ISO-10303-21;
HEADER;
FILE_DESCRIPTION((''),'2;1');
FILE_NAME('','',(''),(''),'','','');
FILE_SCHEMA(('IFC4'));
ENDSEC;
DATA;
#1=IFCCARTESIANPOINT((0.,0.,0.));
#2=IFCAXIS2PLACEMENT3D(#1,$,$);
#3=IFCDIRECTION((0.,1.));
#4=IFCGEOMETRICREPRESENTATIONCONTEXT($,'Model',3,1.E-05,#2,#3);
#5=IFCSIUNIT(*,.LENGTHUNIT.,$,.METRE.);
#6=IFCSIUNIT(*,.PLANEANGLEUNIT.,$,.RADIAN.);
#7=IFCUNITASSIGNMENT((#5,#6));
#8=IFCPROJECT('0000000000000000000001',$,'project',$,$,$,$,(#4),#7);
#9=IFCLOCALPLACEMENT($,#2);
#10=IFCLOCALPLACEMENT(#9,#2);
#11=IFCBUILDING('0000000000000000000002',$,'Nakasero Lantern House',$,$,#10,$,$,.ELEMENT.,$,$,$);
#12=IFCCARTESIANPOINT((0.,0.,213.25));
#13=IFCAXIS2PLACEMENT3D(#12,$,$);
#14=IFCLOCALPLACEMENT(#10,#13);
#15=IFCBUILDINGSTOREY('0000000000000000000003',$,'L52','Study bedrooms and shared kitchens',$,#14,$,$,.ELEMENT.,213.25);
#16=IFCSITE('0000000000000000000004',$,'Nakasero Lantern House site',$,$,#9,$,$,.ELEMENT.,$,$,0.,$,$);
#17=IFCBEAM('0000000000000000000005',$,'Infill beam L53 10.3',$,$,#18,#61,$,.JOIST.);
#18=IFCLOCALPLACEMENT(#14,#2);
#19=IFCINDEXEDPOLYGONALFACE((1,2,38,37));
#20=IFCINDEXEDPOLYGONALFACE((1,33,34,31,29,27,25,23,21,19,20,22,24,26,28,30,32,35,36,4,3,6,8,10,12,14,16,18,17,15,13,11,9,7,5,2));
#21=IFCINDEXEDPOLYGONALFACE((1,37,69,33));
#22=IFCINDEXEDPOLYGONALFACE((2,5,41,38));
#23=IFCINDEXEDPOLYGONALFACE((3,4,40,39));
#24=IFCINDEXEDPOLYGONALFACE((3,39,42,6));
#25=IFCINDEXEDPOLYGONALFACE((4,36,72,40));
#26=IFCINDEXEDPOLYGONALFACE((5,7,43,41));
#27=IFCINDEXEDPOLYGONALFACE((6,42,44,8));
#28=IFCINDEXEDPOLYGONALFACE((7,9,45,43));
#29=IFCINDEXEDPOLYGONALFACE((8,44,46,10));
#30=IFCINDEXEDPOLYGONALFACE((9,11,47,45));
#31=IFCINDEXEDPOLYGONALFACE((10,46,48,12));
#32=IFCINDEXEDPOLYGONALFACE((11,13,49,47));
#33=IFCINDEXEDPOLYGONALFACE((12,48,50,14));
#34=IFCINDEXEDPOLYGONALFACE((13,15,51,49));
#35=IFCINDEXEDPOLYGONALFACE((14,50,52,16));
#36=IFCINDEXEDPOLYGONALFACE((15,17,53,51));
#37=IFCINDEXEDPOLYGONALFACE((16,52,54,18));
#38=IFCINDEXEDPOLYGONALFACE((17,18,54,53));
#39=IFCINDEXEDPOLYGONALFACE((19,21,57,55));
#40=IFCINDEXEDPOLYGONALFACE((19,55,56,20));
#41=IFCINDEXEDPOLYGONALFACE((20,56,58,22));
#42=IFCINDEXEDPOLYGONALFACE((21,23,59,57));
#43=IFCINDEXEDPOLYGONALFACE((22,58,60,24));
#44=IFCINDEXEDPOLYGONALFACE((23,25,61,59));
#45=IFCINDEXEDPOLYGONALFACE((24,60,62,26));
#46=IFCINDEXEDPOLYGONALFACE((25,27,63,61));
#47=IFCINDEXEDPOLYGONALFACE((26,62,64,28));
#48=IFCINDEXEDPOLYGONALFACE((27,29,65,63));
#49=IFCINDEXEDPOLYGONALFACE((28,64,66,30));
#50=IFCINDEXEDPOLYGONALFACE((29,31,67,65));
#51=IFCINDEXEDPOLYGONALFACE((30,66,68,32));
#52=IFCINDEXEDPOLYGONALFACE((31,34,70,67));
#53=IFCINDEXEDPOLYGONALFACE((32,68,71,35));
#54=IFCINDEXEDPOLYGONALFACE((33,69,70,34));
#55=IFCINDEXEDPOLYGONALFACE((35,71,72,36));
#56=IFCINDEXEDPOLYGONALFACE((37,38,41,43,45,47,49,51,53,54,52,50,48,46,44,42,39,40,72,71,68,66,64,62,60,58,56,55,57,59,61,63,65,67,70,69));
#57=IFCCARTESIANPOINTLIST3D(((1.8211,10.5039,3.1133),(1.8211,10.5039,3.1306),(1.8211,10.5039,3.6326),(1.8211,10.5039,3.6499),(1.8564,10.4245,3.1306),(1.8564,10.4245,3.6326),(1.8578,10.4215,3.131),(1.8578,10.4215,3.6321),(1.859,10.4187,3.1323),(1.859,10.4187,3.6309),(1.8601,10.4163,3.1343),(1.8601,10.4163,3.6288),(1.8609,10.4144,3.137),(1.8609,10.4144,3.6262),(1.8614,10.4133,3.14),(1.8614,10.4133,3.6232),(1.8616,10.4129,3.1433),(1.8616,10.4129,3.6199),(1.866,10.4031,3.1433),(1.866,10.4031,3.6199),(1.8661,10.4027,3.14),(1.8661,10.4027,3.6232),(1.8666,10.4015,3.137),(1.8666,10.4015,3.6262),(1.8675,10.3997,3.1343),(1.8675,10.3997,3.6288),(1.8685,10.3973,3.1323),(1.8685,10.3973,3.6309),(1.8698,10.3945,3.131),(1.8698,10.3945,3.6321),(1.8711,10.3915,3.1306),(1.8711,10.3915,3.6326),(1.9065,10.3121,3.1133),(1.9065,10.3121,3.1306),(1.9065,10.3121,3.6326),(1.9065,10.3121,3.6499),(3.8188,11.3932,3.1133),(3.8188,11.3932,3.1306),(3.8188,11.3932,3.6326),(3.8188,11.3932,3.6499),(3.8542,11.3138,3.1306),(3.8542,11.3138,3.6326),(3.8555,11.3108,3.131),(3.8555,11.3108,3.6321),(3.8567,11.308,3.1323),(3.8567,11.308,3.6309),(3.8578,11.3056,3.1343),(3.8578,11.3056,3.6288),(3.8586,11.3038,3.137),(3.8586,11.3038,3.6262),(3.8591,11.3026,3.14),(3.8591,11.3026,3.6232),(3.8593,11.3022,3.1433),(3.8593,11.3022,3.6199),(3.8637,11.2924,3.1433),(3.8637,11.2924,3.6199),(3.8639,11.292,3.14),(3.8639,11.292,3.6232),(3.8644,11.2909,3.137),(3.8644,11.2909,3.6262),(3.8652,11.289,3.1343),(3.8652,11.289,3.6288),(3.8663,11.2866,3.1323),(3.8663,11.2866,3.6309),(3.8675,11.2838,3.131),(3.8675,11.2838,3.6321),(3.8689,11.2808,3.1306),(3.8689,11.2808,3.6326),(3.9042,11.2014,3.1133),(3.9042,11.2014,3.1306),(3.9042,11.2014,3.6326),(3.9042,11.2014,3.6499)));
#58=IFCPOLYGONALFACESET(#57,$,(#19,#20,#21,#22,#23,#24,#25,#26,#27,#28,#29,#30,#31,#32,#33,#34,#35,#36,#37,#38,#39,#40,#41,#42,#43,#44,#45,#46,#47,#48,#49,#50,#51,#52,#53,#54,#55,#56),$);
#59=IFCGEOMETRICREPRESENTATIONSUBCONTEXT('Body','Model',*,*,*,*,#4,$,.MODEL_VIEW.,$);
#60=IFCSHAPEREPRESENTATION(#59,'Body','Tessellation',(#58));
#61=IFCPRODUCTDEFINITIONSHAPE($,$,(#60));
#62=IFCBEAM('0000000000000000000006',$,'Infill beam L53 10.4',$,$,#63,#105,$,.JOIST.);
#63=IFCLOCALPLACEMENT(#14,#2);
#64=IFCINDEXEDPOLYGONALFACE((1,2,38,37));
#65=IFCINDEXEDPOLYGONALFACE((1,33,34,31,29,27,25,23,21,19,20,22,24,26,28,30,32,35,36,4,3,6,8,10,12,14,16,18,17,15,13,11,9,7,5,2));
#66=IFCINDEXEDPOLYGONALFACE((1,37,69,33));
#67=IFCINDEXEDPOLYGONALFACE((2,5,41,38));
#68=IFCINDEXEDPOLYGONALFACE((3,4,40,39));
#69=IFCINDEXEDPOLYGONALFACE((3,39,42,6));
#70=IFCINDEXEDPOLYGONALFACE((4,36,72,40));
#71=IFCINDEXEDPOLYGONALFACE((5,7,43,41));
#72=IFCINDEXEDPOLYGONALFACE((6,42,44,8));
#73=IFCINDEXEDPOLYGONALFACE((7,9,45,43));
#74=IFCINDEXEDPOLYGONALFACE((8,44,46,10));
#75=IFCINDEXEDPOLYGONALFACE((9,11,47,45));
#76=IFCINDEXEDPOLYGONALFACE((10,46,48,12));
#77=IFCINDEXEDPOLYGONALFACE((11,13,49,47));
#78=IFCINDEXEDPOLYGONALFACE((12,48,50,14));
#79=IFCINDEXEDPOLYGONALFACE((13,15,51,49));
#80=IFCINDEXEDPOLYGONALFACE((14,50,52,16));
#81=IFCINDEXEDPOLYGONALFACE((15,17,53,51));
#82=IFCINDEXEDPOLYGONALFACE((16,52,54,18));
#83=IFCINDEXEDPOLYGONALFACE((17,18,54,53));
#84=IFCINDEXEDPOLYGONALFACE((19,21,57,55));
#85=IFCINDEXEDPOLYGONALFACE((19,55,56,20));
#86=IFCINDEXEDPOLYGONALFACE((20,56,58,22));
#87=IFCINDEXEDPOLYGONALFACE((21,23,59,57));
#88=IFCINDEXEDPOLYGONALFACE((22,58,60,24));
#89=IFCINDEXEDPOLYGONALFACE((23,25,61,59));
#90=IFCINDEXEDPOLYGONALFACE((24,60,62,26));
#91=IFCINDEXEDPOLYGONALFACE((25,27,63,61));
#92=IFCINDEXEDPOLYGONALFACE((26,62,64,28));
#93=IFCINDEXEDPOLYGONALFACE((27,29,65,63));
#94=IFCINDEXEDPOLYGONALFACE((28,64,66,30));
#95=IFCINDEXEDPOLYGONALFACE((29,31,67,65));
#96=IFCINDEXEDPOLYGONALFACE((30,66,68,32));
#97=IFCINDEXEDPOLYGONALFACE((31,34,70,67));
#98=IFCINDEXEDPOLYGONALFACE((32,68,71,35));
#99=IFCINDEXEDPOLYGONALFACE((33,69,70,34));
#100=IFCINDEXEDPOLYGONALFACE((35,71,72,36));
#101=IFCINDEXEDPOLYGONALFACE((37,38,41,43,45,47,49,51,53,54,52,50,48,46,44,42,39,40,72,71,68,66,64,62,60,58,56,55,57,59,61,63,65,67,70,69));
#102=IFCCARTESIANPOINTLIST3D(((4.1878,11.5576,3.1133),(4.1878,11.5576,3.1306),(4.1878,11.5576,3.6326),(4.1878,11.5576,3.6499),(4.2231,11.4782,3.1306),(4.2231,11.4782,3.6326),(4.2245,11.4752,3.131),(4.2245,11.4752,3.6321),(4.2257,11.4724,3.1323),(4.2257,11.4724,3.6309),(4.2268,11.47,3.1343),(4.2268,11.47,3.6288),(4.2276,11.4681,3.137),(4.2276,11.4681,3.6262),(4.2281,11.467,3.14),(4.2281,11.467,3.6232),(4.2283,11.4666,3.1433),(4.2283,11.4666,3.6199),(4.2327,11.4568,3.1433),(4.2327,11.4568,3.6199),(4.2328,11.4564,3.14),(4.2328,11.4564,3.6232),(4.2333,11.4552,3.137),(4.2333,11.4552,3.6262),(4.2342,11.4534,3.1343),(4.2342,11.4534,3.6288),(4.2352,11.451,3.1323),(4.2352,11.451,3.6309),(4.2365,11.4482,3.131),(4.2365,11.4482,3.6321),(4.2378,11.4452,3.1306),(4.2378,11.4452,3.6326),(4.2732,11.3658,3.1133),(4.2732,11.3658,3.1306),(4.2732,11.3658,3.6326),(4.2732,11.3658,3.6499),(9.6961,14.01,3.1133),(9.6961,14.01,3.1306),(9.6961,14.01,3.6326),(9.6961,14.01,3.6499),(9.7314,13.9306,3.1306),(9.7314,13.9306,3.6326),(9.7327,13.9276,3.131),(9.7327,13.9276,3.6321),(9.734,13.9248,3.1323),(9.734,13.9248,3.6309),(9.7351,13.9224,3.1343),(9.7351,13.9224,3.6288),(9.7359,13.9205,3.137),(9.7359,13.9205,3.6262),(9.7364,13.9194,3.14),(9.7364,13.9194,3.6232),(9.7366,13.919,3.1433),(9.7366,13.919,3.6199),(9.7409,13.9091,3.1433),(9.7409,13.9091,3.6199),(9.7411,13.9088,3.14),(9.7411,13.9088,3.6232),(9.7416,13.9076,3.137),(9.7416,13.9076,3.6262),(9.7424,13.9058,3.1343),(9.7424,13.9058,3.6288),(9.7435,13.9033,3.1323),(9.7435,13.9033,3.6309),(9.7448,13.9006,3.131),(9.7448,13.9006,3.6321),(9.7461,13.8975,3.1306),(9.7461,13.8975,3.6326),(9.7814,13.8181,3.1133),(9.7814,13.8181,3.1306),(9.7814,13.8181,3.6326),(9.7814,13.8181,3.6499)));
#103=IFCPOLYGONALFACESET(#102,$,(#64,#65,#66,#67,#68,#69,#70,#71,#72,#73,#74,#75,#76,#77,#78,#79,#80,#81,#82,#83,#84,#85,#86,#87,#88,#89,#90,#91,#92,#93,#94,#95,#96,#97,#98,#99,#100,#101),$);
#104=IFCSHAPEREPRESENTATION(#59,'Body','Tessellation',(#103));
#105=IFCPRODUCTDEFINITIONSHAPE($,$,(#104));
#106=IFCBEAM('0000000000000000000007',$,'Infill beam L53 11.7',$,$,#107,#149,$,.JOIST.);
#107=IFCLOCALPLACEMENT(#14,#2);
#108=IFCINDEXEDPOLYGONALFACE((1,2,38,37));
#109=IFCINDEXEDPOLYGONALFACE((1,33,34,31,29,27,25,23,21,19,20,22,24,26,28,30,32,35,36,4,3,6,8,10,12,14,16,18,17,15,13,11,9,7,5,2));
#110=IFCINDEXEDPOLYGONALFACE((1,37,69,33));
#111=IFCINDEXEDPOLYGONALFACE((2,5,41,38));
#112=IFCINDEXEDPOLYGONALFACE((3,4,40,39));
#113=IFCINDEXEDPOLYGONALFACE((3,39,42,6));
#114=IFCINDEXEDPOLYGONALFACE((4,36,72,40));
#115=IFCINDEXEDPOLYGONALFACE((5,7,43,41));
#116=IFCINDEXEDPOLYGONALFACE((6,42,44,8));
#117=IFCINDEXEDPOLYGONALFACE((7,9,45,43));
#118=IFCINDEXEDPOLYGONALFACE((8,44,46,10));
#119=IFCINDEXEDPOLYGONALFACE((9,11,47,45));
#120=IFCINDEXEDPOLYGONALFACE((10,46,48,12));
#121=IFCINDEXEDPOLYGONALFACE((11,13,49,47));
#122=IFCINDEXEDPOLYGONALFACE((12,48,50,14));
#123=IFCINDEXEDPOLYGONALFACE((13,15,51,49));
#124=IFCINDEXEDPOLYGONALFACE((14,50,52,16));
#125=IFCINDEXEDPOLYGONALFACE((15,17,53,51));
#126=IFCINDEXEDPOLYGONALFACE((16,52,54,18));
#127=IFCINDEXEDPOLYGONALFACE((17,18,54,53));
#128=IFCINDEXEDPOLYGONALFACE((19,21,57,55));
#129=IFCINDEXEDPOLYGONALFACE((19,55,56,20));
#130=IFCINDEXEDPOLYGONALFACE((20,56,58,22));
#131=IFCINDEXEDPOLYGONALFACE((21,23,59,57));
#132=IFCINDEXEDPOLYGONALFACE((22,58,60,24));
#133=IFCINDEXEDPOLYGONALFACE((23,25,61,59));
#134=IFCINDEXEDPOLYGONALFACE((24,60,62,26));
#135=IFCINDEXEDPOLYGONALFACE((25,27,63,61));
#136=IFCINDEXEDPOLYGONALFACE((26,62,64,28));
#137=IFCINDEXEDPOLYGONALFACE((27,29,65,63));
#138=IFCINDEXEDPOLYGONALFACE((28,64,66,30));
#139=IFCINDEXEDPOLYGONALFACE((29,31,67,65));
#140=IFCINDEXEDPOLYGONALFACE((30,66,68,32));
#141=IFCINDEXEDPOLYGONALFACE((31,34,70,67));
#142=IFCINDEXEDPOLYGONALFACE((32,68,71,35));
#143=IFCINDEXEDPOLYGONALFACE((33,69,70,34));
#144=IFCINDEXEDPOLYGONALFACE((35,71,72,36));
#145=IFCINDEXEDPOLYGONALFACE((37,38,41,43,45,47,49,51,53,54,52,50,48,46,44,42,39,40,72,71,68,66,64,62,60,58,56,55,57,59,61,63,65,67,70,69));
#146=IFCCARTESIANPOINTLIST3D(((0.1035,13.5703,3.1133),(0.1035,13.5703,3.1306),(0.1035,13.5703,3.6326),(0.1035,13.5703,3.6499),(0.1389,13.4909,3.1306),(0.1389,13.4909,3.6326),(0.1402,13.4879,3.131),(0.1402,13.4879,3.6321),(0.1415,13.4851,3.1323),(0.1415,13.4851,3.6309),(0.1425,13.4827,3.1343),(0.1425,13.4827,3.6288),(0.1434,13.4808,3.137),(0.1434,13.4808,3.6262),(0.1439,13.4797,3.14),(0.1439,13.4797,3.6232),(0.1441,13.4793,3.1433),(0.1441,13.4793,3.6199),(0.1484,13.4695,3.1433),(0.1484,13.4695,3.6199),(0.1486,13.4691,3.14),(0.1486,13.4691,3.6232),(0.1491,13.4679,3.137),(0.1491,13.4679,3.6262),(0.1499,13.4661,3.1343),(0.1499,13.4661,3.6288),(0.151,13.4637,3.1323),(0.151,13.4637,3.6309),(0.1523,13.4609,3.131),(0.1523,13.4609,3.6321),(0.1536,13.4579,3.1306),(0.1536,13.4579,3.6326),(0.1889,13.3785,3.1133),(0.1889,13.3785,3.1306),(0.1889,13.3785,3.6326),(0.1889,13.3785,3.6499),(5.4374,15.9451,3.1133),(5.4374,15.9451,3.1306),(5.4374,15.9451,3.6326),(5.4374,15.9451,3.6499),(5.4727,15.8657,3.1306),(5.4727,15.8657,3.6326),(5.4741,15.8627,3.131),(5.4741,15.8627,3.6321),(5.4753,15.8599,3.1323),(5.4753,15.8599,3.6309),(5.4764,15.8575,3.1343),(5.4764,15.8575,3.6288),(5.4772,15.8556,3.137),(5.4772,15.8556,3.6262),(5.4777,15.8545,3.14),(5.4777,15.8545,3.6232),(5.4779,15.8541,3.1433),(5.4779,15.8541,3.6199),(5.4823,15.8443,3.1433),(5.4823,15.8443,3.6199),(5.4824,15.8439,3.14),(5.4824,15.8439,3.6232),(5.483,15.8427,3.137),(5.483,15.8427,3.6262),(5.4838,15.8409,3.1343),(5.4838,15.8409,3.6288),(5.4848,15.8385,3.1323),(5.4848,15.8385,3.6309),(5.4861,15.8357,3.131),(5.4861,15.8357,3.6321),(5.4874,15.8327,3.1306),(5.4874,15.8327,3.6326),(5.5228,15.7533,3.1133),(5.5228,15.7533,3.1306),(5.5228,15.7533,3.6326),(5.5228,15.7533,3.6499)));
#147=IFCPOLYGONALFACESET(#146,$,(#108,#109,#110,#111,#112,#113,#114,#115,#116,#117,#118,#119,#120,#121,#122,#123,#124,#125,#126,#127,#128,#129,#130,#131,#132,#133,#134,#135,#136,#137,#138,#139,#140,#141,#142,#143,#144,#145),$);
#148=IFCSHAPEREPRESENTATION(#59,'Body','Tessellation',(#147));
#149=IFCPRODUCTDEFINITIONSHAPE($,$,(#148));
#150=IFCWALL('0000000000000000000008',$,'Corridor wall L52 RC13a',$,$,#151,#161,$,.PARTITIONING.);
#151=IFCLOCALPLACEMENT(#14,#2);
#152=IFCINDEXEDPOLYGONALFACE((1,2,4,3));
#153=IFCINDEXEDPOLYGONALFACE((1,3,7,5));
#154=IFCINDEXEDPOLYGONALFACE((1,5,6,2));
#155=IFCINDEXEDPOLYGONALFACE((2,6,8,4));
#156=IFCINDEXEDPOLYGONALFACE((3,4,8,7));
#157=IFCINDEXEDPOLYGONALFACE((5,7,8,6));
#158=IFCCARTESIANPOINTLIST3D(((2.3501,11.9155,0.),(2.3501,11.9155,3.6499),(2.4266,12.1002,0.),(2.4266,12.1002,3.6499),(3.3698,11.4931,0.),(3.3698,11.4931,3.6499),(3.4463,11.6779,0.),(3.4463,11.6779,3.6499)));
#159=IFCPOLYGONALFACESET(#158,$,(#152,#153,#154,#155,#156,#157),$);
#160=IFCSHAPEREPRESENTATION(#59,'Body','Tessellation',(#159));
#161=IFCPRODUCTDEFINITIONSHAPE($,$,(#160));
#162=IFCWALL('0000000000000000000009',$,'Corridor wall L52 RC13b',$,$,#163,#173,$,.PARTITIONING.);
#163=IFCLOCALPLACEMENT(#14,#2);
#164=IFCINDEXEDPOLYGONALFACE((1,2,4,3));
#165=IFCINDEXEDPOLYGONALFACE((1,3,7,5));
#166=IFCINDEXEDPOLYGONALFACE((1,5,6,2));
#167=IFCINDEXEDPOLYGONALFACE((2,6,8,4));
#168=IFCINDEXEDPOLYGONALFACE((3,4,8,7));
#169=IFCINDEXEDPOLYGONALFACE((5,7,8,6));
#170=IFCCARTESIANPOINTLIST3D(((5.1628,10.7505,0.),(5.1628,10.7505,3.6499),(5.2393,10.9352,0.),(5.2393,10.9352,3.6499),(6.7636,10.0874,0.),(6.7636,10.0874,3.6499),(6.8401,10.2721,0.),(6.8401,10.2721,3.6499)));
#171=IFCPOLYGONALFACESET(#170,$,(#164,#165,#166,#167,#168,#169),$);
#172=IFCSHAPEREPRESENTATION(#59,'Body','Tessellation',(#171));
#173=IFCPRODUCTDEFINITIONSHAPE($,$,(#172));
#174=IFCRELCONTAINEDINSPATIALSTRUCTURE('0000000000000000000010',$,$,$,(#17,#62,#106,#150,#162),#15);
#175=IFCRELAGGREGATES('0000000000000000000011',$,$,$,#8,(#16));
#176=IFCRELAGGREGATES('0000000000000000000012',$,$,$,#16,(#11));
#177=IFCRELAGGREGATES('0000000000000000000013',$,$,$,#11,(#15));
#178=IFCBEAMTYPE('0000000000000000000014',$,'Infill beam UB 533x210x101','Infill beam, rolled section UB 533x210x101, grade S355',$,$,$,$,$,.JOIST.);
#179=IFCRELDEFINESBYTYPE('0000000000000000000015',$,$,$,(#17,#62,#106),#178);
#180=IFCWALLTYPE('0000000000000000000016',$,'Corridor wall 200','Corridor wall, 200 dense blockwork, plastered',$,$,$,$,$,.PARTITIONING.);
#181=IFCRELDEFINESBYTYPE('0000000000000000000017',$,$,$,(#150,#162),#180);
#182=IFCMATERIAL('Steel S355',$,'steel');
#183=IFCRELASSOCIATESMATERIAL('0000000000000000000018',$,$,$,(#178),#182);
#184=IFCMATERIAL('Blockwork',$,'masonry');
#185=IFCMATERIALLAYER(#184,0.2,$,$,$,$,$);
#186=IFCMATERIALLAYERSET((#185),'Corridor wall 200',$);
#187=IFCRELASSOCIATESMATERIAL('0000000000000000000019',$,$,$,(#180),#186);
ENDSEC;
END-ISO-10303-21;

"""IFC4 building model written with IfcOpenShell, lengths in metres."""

from ifc_helpers import new_model, si_unit, direction, frame, frame_2d, origin, origin_2d, place, context, subcontext, project, spatial, rectangle, i_section, extrude, material, layer, layer_set, material_profile, profile_set, type_object, element, save


model = new_model("IFC4")

# Units and contexts
model_context = context("Model", 3, precision=1e-05, world=origin(), true_north=direction((0.0, 1.0)))
body_context = subcontext(model_context, "Body", "Model", "MODEL_VIEW")
ifc_project = project(units=[si_unit("LENGTHUNIT", "METRE"), si_unit("PLANEANGLEUNIT", "RADIAN")], contexts=[model_context])

# Site, building, storey
site_placement = place(None, origin())
site = spatial("IfcSite", under=ifc_project, at=site_placement, Name="Nakasero Lantern House site", CompositionType="ELEMENT", RefElevation=0.0)
building_placement = place(site_placement, origin())
building = spatial("IfcBuilding", under=site, at=building_placement, Name="Nakasero Lantern House", CompositionType="ELEMENT")
storey_placement = place(building_placement, frame((0.0, 0.0, 213.25)))
storey = spatial("IfcBuildingStorey", under=building, at=storey_placement, Name="L52", Description="Study bedrooms and shared kitchens", CompositionType="ELEMENT", Elevation=213.25)

# Beams
ifc_material_1 = material(Name="Steel S355", Category="steel")
ifc_material_profile = material_profile(ifc_material_1, i_section(OverallWidth=0.21, OverallDepth=0.5366, WebThickness=0.0107, FlangeThickness=0.0173, FilletRadius=0.0127, at=origin_2d()), Name="UB 533x210x101")
ifc_profile_set = profile_set([ifc_material_profile], Name="Steel S355")
beam_type = type_object("IfcBeamType", Name="Infill beam UB 533x210x101", Description="Infill beam, rolled section UB 533x210x101, grade S355", PredefinedType="JOIST", material=ifc_profile_set)
beam_1_placement = place(storey_placement, frame((1.8638, 10.408, 3.3816), z_axis=(0.913558, 0.406708, 0.0), x_axis=(-0.406708, 0.913558, 0.0)))
element("IfcBeam", 1, at=beam_1_placement, inside=storey, type_object=beam_type, Name="Infill beam L53 10.3", PredefinedType="JOIST", context=body_context, shape_type="SweptSolid", body=[
    extrude(i_section(OverallWidth=0.21, OverallDepth=0.5366, WebThickness=0.0107, FlangeThickness=0.0173, FilletRadius=0.0127, at=origin_2d()), origin(), (0.0, 0.0, 1.0), 2.1868),
])
beam_2_placement = place(storey_placement, frame((4.2305, 11.4617, 3.3816), z_axis=(0.913549, 0.406728, 0.0), x_axis=(-0.406728, 0.913549, 0.0)))
element("IfcBeam", 2, at=beam_2_placement, inside=storey, type_object=beam_type, Name="Infill beam L53 10.4", PredefinedType="JOIST", context=body_context, shape_type="SweptSolid", body=[
    extrude(i_section(OverallWidth=0.21, OverallDepth=0.5366, WebThickness=0.0107, FlangeThickness=0.0173, FilletRadius=0.0127, at=origin_2d()), origin(), (0.0, 0.0, 1.0), 6.0295),
])
beam_3_placement = place(storey_placement, frame((0.1462, 13.4744, 3.3816), z_axis=(0.913544, 0.40674, 0.0), x_axis=(-0.40674, 0.913544, 0.0)))
element("IfcBeam", 3, at=beam_3_placement, inside=storey, type_object=beam_type, Name="Infill beam L53 11.7", PredefinedType="JOIST", context=body_context, shape_type="SweptSolid", body=[
    extrude(i_section(OverallWidth=0.21, OverallDepth=0.5366, WebThickness=0.0107, FlangeThickness=0.0173, FilletRadius=0.0127, at=origin_2d()), origin(), (0.0, 0.0, 1.0), 5.8386),
])

# Walls
ifc_material_2 = material(Name="Blockwork", Category="masonry")
ifc_layer_1 = layer(ifc_material_2, 0.2)
ifc_layer_set_1 = layer_set([ifc_layer_1], Name="Corridor wall 200")
wall_type_1 = type_object("IfcWallType", Name="Corridor wall 200", Description="Corridor wall, 200 dense blockwork, plastered", PredefinedType="PARTITIONING", material=ifc_layer_set_1)
wall_1_placement = place(storey_placement, frame((2.3884, 12.0078, 0.0), z_axis=(0.0, 0.0, 1.0), x_axis=(0.923893, -0.382651, 0.0)))
element("IfcWall", 4, at=wall_1_placement, inside=storey, type_object=wall_type_1, Name="Corridor wall L52 RC13a", PredefinedType="PARTITIONING", context=body_context, shape_type="SweptSolid", body=[
    extrude(rectangle(XDim=1.1038, YDim=0.2, at=frame_2d((0.5518, 0.0))), origin(), (0.0, 0.0, 1.0), 3.6499),
])
wall_2_placement = place(storey_placement, frame((5.2012, 10.8428, 0.0), z_axis=(0.0, 0.0, 1.0), x_axis=(0.923879, -0.382684, 0.0)))
element("IfcWall", 5, at=wall_2_placement, inside=storey, type_object=wall_type_1, Name="Corridor wall L52 RC13b", PredefinedType="PARTITIONING", context=body_context, shape_type="SweptSolid", body=[
    extrude(rectangle(XDim=1.7327, YDim=0.2, at=frame_2d((0.8662, 0.0))), origin(), (0.0, 0.0, 1.0), 3.6499),
])

save(model, "model.ifc")
